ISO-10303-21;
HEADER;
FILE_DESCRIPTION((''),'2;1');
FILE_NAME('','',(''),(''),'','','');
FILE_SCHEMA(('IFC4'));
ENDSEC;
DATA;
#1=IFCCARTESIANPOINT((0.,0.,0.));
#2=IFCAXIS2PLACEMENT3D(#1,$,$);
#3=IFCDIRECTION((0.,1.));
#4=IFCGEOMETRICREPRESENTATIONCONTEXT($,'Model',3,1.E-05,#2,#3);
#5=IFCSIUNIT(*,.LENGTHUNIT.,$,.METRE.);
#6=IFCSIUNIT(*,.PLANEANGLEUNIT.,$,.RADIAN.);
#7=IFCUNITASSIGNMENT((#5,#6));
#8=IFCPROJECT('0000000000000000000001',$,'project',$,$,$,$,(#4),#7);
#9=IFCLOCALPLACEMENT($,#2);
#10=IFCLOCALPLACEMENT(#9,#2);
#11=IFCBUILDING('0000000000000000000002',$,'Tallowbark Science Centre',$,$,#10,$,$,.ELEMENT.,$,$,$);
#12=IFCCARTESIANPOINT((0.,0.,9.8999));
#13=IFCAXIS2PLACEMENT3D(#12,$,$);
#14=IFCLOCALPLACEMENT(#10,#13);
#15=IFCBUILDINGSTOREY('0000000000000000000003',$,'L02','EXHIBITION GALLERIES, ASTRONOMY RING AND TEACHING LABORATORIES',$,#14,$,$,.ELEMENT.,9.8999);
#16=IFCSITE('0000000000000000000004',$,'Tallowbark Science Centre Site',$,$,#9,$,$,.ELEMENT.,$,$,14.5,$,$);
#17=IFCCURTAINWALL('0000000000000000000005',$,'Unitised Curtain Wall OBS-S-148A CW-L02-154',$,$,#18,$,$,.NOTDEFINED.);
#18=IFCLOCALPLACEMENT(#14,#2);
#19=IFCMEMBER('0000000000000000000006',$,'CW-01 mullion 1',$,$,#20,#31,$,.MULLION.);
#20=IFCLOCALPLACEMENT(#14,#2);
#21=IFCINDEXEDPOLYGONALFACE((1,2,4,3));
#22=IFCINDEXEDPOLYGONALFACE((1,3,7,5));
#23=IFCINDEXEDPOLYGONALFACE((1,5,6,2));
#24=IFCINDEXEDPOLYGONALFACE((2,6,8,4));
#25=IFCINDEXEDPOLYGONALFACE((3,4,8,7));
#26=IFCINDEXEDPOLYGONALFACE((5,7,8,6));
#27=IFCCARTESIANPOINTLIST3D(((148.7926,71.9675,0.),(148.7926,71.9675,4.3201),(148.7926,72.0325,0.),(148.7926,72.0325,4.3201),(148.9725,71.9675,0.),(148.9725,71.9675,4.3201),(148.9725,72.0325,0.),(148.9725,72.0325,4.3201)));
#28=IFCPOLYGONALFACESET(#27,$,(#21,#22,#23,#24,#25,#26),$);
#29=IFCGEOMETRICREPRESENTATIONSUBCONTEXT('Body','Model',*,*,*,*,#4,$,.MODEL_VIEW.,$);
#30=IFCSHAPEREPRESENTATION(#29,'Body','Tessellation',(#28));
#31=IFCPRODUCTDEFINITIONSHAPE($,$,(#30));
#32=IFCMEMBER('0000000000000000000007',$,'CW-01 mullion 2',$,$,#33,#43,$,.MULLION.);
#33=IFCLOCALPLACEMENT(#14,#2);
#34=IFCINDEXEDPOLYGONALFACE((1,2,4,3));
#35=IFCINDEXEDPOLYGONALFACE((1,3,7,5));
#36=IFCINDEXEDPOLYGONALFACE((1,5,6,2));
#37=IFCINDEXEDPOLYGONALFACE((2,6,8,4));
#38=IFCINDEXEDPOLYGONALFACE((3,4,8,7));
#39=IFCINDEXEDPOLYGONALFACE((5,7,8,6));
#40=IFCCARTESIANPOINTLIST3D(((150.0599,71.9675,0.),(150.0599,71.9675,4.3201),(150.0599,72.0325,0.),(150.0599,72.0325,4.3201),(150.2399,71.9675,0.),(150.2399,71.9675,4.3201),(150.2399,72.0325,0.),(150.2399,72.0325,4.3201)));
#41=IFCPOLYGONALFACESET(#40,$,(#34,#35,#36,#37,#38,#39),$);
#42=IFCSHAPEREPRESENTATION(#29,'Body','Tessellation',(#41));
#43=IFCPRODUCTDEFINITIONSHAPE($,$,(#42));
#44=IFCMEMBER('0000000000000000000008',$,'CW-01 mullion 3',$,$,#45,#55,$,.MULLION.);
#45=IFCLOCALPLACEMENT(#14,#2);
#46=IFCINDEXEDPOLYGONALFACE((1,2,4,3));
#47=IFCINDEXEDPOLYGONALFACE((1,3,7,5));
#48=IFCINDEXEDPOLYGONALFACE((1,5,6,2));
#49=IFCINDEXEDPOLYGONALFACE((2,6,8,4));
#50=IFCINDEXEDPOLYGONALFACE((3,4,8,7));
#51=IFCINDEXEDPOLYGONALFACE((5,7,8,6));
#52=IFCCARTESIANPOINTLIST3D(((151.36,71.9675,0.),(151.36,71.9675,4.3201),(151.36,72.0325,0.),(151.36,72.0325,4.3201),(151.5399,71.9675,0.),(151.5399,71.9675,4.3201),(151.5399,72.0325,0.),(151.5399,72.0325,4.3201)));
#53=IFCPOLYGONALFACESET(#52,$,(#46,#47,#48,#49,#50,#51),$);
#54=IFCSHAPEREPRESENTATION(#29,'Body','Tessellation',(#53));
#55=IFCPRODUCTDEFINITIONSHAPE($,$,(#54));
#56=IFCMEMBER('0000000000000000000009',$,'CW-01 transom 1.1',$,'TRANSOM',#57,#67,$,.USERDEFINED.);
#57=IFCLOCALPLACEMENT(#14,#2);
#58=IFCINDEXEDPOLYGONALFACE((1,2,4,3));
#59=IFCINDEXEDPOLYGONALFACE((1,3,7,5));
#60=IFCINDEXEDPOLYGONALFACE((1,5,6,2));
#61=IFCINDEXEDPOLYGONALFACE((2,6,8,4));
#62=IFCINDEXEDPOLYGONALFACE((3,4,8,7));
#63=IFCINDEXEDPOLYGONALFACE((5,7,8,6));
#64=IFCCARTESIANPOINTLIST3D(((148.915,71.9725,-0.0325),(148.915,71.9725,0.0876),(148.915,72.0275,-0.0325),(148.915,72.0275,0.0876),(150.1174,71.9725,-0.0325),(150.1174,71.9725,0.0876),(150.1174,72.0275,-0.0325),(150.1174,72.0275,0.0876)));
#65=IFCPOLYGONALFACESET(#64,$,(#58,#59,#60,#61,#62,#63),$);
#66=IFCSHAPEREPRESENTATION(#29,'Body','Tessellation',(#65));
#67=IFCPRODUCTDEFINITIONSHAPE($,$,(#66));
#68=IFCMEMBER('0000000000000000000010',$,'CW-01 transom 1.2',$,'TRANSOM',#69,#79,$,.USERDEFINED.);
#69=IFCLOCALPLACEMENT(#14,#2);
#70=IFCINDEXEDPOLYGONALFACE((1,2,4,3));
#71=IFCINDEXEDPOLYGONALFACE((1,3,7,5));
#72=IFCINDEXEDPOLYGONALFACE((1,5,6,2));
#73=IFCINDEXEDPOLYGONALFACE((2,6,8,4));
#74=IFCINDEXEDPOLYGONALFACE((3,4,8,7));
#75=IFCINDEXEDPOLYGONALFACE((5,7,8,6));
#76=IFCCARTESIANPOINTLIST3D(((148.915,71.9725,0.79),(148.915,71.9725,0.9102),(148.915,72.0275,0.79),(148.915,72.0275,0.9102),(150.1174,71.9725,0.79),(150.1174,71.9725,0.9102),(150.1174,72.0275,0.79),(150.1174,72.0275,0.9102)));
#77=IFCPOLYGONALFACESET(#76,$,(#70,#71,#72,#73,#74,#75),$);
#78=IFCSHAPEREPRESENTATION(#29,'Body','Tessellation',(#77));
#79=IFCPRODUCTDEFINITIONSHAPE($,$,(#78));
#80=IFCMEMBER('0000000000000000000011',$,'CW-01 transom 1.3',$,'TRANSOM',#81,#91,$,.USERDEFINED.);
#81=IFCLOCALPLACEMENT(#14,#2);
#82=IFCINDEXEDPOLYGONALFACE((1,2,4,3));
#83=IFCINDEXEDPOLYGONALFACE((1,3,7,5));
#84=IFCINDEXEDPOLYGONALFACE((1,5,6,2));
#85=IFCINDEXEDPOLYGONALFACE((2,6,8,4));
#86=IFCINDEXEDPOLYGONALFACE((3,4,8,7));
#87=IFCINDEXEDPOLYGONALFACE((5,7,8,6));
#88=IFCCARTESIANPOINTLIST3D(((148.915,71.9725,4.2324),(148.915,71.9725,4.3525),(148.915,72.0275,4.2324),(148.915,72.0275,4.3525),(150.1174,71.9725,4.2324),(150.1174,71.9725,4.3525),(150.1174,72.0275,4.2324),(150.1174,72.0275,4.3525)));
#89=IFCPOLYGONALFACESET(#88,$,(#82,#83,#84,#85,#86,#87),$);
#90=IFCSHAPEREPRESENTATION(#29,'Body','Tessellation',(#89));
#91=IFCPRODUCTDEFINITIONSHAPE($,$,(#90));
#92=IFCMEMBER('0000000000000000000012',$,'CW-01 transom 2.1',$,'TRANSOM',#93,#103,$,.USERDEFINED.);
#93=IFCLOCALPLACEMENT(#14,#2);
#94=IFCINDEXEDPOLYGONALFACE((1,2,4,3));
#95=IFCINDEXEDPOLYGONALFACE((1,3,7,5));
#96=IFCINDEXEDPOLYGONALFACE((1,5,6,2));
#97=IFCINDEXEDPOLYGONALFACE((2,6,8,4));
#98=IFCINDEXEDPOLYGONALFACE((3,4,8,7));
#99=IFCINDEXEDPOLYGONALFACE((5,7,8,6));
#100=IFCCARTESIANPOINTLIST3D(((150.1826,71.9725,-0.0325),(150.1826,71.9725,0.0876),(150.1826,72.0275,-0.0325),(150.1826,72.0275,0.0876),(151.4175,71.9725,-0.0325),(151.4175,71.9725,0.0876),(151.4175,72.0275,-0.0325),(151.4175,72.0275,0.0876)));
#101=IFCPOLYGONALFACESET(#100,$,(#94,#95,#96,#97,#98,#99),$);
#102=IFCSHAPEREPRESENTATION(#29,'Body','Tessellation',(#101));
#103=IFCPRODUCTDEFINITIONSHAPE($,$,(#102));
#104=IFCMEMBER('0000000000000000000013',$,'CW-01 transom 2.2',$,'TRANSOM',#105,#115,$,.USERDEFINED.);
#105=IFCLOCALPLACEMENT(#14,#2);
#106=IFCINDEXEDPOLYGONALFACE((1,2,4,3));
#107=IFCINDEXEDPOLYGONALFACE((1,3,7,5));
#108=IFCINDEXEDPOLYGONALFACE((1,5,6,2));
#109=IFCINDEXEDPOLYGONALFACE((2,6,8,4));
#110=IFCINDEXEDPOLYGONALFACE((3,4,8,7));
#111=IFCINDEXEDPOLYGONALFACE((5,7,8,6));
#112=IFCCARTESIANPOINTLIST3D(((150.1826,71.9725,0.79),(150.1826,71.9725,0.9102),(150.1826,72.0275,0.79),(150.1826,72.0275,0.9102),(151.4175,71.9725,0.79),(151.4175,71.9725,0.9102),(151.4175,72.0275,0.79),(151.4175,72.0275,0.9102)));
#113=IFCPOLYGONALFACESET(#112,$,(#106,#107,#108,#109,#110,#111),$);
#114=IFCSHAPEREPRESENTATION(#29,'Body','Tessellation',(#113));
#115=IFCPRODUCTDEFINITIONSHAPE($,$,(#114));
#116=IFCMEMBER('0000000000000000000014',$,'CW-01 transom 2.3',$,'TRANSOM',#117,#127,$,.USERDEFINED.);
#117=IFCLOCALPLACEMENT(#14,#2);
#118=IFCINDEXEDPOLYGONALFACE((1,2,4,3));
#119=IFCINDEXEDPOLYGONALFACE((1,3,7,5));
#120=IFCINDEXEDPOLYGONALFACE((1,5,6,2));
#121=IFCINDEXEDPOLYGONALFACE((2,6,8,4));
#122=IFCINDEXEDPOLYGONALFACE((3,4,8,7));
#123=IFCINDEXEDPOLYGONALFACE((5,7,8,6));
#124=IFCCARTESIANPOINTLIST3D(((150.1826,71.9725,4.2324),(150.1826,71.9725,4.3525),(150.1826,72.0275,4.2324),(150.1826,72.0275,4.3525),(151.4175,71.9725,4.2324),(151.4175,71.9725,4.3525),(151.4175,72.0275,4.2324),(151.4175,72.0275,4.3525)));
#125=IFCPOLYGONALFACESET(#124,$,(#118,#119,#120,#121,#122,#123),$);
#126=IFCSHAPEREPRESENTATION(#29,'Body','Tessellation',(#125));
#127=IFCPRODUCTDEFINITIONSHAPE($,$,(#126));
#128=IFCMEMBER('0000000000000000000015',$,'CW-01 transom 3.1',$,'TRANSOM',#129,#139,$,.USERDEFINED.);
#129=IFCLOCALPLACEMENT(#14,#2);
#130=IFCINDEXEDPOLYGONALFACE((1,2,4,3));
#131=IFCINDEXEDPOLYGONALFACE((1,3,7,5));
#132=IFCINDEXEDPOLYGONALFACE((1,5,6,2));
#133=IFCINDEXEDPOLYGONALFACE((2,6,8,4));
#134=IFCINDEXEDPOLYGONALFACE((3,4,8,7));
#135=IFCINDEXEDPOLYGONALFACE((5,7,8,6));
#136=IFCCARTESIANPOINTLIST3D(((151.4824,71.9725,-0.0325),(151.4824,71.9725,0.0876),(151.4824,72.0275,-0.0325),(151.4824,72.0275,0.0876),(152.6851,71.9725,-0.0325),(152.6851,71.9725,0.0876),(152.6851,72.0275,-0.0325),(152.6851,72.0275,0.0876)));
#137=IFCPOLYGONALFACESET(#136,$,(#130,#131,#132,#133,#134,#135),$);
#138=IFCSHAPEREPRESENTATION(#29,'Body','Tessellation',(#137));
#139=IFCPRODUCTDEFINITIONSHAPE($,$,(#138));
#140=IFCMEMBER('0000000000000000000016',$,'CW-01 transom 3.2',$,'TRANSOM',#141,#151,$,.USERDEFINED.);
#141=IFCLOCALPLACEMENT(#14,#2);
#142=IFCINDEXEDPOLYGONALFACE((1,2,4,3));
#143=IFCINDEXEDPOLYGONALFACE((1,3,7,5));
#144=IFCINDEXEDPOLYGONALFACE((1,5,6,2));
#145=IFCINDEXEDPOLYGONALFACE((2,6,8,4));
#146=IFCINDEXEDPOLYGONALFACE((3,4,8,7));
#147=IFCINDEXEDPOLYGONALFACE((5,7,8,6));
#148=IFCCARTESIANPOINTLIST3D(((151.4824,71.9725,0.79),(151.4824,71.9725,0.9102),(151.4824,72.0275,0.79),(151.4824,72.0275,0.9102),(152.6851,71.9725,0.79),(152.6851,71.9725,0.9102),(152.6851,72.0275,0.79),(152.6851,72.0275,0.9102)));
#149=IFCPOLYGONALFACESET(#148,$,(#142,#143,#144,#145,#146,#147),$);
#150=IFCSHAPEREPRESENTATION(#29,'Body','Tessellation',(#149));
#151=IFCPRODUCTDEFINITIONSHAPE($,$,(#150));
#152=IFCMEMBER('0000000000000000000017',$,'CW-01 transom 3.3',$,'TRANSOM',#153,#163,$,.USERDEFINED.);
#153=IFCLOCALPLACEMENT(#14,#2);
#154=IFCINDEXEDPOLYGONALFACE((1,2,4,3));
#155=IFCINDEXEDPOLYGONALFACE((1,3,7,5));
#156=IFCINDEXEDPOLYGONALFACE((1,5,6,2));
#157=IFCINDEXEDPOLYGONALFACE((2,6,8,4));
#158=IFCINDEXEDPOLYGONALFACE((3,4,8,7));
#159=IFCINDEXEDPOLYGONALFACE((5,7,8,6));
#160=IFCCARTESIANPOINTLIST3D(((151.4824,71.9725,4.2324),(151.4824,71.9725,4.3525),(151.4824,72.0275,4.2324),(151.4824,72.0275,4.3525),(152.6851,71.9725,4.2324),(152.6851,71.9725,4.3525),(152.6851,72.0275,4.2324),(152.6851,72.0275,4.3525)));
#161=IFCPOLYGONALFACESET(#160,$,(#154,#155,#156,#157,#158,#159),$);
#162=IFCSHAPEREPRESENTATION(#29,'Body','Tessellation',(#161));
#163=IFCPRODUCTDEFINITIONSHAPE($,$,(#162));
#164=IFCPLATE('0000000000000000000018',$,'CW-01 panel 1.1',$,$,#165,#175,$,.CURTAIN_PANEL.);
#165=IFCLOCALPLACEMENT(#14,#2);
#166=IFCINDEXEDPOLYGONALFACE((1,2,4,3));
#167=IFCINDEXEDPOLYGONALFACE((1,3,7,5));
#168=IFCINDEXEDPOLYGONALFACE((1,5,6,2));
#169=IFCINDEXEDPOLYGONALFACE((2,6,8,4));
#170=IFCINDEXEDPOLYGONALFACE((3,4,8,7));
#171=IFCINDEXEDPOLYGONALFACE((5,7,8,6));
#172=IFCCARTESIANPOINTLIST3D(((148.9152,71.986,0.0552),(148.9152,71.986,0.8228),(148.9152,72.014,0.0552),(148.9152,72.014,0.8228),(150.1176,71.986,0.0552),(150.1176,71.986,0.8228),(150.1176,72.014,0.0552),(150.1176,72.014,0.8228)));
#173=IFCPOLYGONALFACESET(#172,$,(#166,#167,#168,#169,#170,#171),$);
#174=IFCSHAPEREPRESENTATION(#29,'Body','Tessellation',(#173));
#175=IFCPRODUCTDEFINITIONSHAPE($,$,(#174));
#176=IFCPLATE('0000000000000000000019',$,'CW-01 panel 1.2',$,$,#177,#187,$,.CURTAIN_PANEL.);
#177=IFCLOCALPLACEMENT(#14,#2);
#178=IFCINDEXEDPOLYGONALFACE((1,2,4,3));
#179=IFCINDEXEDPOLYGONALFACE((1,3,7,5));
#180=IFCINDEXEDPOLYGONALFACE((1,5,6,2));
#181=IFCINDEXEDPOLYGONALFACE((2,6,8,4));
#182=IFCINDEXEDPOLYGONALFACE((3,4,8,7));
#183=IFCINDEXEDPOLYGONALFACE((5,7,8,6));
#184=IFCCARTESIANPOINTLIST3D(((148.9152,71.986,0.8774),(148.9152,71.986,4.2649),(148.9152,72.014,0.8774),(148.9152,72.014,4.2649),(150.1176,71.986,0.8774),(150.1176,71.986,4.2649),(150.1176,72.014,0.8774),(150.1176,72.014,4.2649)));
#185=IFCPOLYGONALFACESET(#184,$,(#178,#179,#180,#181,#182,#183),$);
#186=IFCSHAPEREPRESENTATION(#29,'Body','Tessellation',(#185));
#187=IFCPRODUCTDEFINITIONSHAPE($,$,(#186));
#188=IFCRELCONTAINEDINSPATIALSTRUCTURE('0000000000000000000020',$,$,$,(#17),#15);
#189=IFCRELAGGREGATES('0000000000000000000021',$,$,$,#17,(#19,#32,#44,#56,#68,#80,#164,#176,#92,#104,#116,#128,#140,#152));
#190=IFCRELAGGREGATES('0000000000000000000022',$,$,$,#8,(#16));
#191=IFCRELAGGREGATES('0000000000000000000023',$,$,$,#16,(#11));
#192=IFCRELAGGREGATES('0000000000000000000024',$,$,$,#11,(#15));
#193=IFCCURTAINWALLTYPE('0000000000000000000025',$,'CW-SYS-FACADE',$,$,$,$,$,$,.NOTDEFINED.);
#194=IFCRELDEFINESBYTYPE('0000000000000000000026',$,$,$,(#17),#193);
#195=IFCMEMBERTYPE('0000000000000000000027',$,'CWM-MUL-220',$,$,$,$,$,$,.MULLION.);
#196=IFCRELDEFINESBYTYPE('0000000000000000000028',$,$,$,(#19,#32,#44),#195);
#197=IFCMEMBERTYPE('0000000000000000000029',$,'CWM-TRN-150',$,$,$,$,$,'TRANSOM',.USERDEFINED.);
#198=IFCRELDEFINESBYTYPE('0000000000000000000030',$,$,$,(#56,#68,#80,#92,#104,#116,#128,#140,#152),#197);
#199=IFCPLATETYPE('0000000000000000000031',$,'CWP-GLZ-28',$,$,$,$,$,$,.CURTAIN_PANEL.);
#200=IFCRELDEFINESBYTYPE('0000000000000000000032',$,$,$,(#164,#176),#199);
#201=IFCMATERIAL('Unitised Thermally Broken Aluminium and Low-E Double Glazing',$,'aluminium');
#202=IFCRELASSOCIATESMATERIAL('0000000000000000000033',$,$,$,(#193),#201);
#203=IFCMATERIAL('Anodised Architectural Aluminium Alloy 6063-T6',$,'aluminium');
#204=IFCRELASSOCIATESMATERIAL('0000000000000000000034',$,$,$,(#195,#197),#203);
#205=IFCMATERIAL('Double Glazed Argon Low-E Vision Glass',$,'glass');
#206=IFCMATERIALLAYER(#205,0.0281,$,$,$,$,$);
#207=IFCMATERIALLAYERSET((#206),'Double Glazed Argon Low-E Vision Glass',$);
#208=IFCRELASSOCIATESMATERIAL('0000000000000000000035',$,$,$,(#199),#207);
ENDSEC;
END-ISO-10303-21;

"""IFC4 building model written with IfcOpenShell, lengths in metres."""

from ifc_helpers import new_model, si_unit, direction, frame, origin, origin_2d, place, context, subcontext, project, spatial, rectangle, extrude, material, layer, layer_set, material_profile, profile_set, type_object, element, aggregate, save


model = new_model("IFC4")

# Units and contexts
model_context = context("Model", 3, precision=1e-05, world=origin(), true_north=direction((0.0, 1.0)))
body_context = subcontext(model_context, "Body", "Model", "MODEL_VIEW")
ifc_project = project(units=[si_unit("LENGTHUNIT", "METRE"), si_unit("PLANEANGLEUNIT", "RADIAN")], contexts=[model_context])

# Site, building, storey
site_placement = place(None, origin())
site = spatial("IfcSite", under=ifc_project, at=site_placement, Name="Tallowbark Science Centre Site", CompositionType="ELEMENT", RefElevation=14.5)
building_placement = place(site_placement, origin())
building = spatial("IfcBuilding", under=site, at=building_placement, Name="Tallowbark Science Centre", CompositionType="ELEMENT")
storey_placement = place(building_placement, frame((0.0, 0.0, 9.8999)))
storey = spatial("IfcBuildingStorey", under=building, at=storey_placement, Name="L02", Description="EXHIBITION GALLERIES, ASTRONOMY RING AND TEACHING LABORATORIES", CompositionType="ELEMENT", Elevation=9.8999)

# Curtain wall, members, plates
ifc_material_1 = material(Name="Unitised Thermally Broken Aluminium and Low-E Double Glazing", Category="aluminium")
curtain_wall_type = type_object("IfcCurtainWallType", Name="CW-SYS-FACADE", PredefinedType="NOTDEFINED", material=ifc_material_1)
curtain_wall_placement = place(storey_placement, origin())
curtain_wall = element("IfcCurtainWall", 1, at=curtain_wall_placement, inside=storey, type_object=curtain_wall_type, Name="Unitised Curtain Wall OBS-S-148A CW-L02-154", PredefinedType="NOTDEFINED")
ifc_material_2 = material(Name="Anodised Architectural Aluminium Alloy 6063-T6", Category="aluminium")
ifc_material_profile_1 = material_profile(ifc_material_2, rectangle(XDim=0.0649, YDim=0.1799, at=origin_2d()), Name="ALU65x180")
ifc_profile_set_1 = profile_set([ifc_material_profile_1], Name="Anodised Architectural Aluminium Alloy 6063-T6")
member_type_1 = type_object("IfcMemberType", Name="CWM-MUL-220", PredefinedType="MULLION", material=ifc_profile_set_1)
member_1_placement = place(storey_placement, frame((148.8826, 72.0, 0.0), z_axis=(0.0, 0.0, 1.0), x_axis=(0.0, 1.0, 0.0)))
member_1 = element("IfcMember", 2, at=member_1_placement, type_object=member_type_1, Name="CW-01 mullion 1", PredefinedType="MULLION", context=body_context, shape_type="SweptSolid", body=[
    extrude(rectangle(XDim=0.0649, YDim=0.1799, at=origin_2d()), origin(), (0.0, 0.0, 1.0), 4.3201),
])
member_2_placement = place(storey_placement, frame((150.1499, 72.0, 0.0), z_axis=(0.0, 0.0, 1.0), x_axis=(0.0, 1.0, 0.0)))
member_2 = element("IfcMember", 3, at=member_2_placement, type_object=member_type_1, Name="CW-01 mullion 2", PredefinedType="MULLION", context=body_context, shape_type="SweptSolid", body=[
    extrude(rectangle(XDim=0.0649, YDim=0.1799, at=origin_2d()), origin(), (0.0, 0.0, 1.0), 4.3201),
])
member_3_placement = place(storey_placement, frame((151.45, 72.0, 0.0), z_axis=(0.0, 0.0, 1.0), x_axis=(0.0, 1.0, 0.0)))
member_3 = element("IfcMember", 4, at=member_3_placement, type_object=member_type_1, Name="CW-01 mullion 3", PredefinedType="MULLION", context=body_context, shape_type="SweptSolid", body=[
    extrude(rectangle(XDim=0.0649, YDim=0.1799, at=origin_2d()), origin(), (0.0, 0.0, 1.0), 4.3201),
])
ifc_material_profile_2 = material_profile(ifc_material_2, rectangle(XDim=0.0549, YDim=0.1201, at=origin_2d()), Name="ALU55x120")
ifc_profile_set_2 = profile_set([ifc_material_profile_2], Name="Anodised Architectural Aluminium Alloy 6063-T6")
member_type_2 = type_object("IfcMemberType", Name="CWM-TRN-150", ElementType="TRANSOM", PredefinedType="USERDEFINED", material=ifc_profile_set_2)
member_4_placement = place(storey_placement, frame((148.915, 72.0, 0.0276), z_axis=(1.0, 0.0, 0.0), x_axis=(0.0, 1.0, 0.0)))
member_4 = element("IfcMember", 5, at=member_4_placement, type_object=member_type_2, Name="CW-01 transom 1.1", ObjectType="TRANSOM", PredefinedType="USERDEFINED", context=body_context, shape_type="SweptSolid", body=[
    extrude(rectangle(XDim=0.0549, YDim=0.1201, at=origin_2d()), origin(), (0.0, 0.0, 1.0), 1.2024),
])
member_5_placement = place(storey_placement, frame((148.915, 72.0, 0.8501), z_axis=(1.0, 0.0, 0.0), x_axis=(0.0, 1.0, 0.0)))
member_5 = element("IfcMember", 6, at=member_5_placement, type_object=member_type_2, Name="CW-01 transom 1.2", ObjectType="TRANSOM", PredefinedType="USERDEFINED", context=body_context, shape_type="SweptSolid", body=[
    extrude(rectangle(XDim=0.0549, YDim=0.1201, at=origin_2d()), origin(), (0.0, 0.0, 1.0), 1.2024),
])
member_6_placement = place(storey_placement, frame((148.915, 72.0, 4.2925), z_axis=(1.0, 0.0, 0.0), x_axis=(0.0, 1.0, 0.0)))
member_6 = element("IfcMember", 7, at=member_6_placement, type_object=member_type_2, Name="CW-01 transom 1.3", ObjectType="TRANSOM", PredefinedType="USERDEFINED", context=body_context, shape_type="SweptSolid", body=[
    extrude(rectangle(XDim=0.0549, YDim=0.1201, at=origin_2d()), origin(), (0.0, 0.0, 1.0), 1.2024),
])
member_7_placement = place(storey_placement, frame((150.1826, 72.0, 0.0276), z_axis=(1.0, 0.0, 0.0), x_axis=(0.0, 1.0, 0.0)))
member_7 = element("IfcMember", 8, at=member_7_placement, type_object=member_type_2, Name="CW-01 transom 2.1", ObjectType="TRANSOM", PredefinedType="USERDEFINED", context=body_context, shape_type="SweptSolid", body=[
    extrude(rectangle(XDim=0.0549, YDim=0.1201, at=origin_2d()), origin(), (0.0, 0.0, 1.0), 1.2349),
])
member_8_placement = place(storey_placement, frame((150.1826, 72.0, 0.8501), z_axis=(1.0, 0.0, 0.0), x_axis=(0.0, 1.0, 0.0)))
member_8 = element("IfcMember", 9, at=member_8_placement, type_object=member_type_2, Name="CW-01 transom 2.2", ObjectType="TRANSOM", PredefinedType="USERDEFINED", context=body_context, shape_type="SweptSolid", body=[
    extrude(rectangle(XDim=0.0549, YDim=0.1201, at=origin_2d()), origin(), (0.0, 0.0, 1.0), 1.2349),
])
member_9_placement = place(storey_placement, frame((150.1826, 72.0, 4.2925), z_axis=(1.0, 0.0, 0.0), x_axis=(0.0, 1.0, 0.0)))
member_9 = element("IfcMember", 10, at=member_9_placement, type_object=member_type_2, Name="CW-01 transom 2.3", ObjectType="TRANSOM", PredefinedType="USERDEFINED", context=body_context, shape_type="SweptSolid", body=[
    extrude(rectangle(XDim=0.0549, YDim=0.1201, at=origin_2d()), origin(), (0.0, 0.0, 1.0), 1.2349),
])
member_10_placement = place(storey_placement, frame((151.4824, 72.0, 0.0276), z_axis=(1.0, 0.0, 0.0), x_axis=(0.0, 1.0, 0.0)))
member_10 = element("IfcMember", 11, at=member_10_placement, type_object=member_type_2, Name="CW-01 transom 3.1", ObjectType="TRANSOM", PredefinedType="USERDEFINED", context=body_context, shape_type="SweptSolid", body=[
    extrude(rectangle(XDim=0.0549, YDim=0.1201, at=origin_2d()), origin(), (0.0, 0.0, 1.0), 1.2026),
])
member_11_placement = place(storey_placement, frame((151.4824, 72.0, 0.8501), z_axis=(1.0, 0.0, 0.0), x_axis=(0.0, 1.0, 0.0)))
member_11 = element("IfcMember", 12, at=member_11_placement, type_object=member_type_2, Name="CW-01 transom 3.2", ObjectType="TRANSOM", PredefinedType="USERDEFINED", context=body_context, shape_type="SweptSolid", body=[
    extrude(rectangle(XDim=0.0549, YDim=0.1201, at=origin_2d()), origin(), (0.0, 0.0, 1.0), 1.2026),
])
member_12_placement = place(storey_placement, frame((151.4824, 72.0, 4.2925), z_axis=(1.0, 0.0, 0.0), x_axis=(0.0, 1.0, 0.0)))
member_12 = element("IfcMember", 13, at=member_12_placement, type_object=member_type_2, Name="CW-01 transom 3.3", ObjectType="TRANSOM", PredefinedType="USERDEFINED", context=body_context, shape_type="SweptSolid", body=[
    extrude(rectangle(XDim=0.0549, YDim=0.1201, at=origin_2d()), origin(), (0.0, 0.0, 1.0), 1.2026),
])
ifc_material_3 = material(Name="Double Glazed Argon Low-E Vision Glass", Category="glass")
ifc_layer_1 = layer(ifc_material_3, 0.0281)
ifc_layer_set_1 = layer_set([ifc_layer_1], Name="Double Glazed Argon Low-E Vision Glass")
plate_type = type_object("IfcPlateType", Name="CWP-GLZ-28", PredefinedType="CURTAIN_PANEL", material=ifc_layer_set_1)
plate_1_placement = place(storey_placement, frame((149.5164, 72.0, 0.0552), z_axis=(0.0, 0.0, 1.0), x_axis=(1.0, 0.0, 0.0)))
plate_1 = element("IfcPlate", 14, at=plate_1_placement, type_object=plate_type, Name="CW-01 panel 1.1", PredefinedType="CURTAIN_PANEL", context=body_context, shape_type="SweptSolid", body=[
    extrude(rectangle(XDim=1.2024, YDim=0.0281, at=origin_2d()), origin(), (0.0, 0.0, 1.0), 0.7676),
])
plate_2_placement = place(storey_placement, frame((149.5164, 72.0, 0.8774), z_axis=(0.0, 0.0, 1.0), x_axis=(1.0, 0.0, 0.0)))
plate_2 = element("IfcPlate", 15, at=plate_2_placement, type_object=plate_type, Name="CW-01 panel 1.2", PredefinedType="CURTAIN_PANEL", context=body_context, shape_type="SweptSolid", body=[
    extrude(rectangle(XDim=1.2024, YDim=0.0281, at=origin_2d()), origin(), (0.0, 0.0, 1.0), 3.3875),
])
aggregate(curtain_wall, [member_1, member_2, member_3, member_4, member_5, member_6, plate_1, plate_2, member_7, member_8, member_9, member_10, member_11, member_12])

save(model, "model.ifc")
